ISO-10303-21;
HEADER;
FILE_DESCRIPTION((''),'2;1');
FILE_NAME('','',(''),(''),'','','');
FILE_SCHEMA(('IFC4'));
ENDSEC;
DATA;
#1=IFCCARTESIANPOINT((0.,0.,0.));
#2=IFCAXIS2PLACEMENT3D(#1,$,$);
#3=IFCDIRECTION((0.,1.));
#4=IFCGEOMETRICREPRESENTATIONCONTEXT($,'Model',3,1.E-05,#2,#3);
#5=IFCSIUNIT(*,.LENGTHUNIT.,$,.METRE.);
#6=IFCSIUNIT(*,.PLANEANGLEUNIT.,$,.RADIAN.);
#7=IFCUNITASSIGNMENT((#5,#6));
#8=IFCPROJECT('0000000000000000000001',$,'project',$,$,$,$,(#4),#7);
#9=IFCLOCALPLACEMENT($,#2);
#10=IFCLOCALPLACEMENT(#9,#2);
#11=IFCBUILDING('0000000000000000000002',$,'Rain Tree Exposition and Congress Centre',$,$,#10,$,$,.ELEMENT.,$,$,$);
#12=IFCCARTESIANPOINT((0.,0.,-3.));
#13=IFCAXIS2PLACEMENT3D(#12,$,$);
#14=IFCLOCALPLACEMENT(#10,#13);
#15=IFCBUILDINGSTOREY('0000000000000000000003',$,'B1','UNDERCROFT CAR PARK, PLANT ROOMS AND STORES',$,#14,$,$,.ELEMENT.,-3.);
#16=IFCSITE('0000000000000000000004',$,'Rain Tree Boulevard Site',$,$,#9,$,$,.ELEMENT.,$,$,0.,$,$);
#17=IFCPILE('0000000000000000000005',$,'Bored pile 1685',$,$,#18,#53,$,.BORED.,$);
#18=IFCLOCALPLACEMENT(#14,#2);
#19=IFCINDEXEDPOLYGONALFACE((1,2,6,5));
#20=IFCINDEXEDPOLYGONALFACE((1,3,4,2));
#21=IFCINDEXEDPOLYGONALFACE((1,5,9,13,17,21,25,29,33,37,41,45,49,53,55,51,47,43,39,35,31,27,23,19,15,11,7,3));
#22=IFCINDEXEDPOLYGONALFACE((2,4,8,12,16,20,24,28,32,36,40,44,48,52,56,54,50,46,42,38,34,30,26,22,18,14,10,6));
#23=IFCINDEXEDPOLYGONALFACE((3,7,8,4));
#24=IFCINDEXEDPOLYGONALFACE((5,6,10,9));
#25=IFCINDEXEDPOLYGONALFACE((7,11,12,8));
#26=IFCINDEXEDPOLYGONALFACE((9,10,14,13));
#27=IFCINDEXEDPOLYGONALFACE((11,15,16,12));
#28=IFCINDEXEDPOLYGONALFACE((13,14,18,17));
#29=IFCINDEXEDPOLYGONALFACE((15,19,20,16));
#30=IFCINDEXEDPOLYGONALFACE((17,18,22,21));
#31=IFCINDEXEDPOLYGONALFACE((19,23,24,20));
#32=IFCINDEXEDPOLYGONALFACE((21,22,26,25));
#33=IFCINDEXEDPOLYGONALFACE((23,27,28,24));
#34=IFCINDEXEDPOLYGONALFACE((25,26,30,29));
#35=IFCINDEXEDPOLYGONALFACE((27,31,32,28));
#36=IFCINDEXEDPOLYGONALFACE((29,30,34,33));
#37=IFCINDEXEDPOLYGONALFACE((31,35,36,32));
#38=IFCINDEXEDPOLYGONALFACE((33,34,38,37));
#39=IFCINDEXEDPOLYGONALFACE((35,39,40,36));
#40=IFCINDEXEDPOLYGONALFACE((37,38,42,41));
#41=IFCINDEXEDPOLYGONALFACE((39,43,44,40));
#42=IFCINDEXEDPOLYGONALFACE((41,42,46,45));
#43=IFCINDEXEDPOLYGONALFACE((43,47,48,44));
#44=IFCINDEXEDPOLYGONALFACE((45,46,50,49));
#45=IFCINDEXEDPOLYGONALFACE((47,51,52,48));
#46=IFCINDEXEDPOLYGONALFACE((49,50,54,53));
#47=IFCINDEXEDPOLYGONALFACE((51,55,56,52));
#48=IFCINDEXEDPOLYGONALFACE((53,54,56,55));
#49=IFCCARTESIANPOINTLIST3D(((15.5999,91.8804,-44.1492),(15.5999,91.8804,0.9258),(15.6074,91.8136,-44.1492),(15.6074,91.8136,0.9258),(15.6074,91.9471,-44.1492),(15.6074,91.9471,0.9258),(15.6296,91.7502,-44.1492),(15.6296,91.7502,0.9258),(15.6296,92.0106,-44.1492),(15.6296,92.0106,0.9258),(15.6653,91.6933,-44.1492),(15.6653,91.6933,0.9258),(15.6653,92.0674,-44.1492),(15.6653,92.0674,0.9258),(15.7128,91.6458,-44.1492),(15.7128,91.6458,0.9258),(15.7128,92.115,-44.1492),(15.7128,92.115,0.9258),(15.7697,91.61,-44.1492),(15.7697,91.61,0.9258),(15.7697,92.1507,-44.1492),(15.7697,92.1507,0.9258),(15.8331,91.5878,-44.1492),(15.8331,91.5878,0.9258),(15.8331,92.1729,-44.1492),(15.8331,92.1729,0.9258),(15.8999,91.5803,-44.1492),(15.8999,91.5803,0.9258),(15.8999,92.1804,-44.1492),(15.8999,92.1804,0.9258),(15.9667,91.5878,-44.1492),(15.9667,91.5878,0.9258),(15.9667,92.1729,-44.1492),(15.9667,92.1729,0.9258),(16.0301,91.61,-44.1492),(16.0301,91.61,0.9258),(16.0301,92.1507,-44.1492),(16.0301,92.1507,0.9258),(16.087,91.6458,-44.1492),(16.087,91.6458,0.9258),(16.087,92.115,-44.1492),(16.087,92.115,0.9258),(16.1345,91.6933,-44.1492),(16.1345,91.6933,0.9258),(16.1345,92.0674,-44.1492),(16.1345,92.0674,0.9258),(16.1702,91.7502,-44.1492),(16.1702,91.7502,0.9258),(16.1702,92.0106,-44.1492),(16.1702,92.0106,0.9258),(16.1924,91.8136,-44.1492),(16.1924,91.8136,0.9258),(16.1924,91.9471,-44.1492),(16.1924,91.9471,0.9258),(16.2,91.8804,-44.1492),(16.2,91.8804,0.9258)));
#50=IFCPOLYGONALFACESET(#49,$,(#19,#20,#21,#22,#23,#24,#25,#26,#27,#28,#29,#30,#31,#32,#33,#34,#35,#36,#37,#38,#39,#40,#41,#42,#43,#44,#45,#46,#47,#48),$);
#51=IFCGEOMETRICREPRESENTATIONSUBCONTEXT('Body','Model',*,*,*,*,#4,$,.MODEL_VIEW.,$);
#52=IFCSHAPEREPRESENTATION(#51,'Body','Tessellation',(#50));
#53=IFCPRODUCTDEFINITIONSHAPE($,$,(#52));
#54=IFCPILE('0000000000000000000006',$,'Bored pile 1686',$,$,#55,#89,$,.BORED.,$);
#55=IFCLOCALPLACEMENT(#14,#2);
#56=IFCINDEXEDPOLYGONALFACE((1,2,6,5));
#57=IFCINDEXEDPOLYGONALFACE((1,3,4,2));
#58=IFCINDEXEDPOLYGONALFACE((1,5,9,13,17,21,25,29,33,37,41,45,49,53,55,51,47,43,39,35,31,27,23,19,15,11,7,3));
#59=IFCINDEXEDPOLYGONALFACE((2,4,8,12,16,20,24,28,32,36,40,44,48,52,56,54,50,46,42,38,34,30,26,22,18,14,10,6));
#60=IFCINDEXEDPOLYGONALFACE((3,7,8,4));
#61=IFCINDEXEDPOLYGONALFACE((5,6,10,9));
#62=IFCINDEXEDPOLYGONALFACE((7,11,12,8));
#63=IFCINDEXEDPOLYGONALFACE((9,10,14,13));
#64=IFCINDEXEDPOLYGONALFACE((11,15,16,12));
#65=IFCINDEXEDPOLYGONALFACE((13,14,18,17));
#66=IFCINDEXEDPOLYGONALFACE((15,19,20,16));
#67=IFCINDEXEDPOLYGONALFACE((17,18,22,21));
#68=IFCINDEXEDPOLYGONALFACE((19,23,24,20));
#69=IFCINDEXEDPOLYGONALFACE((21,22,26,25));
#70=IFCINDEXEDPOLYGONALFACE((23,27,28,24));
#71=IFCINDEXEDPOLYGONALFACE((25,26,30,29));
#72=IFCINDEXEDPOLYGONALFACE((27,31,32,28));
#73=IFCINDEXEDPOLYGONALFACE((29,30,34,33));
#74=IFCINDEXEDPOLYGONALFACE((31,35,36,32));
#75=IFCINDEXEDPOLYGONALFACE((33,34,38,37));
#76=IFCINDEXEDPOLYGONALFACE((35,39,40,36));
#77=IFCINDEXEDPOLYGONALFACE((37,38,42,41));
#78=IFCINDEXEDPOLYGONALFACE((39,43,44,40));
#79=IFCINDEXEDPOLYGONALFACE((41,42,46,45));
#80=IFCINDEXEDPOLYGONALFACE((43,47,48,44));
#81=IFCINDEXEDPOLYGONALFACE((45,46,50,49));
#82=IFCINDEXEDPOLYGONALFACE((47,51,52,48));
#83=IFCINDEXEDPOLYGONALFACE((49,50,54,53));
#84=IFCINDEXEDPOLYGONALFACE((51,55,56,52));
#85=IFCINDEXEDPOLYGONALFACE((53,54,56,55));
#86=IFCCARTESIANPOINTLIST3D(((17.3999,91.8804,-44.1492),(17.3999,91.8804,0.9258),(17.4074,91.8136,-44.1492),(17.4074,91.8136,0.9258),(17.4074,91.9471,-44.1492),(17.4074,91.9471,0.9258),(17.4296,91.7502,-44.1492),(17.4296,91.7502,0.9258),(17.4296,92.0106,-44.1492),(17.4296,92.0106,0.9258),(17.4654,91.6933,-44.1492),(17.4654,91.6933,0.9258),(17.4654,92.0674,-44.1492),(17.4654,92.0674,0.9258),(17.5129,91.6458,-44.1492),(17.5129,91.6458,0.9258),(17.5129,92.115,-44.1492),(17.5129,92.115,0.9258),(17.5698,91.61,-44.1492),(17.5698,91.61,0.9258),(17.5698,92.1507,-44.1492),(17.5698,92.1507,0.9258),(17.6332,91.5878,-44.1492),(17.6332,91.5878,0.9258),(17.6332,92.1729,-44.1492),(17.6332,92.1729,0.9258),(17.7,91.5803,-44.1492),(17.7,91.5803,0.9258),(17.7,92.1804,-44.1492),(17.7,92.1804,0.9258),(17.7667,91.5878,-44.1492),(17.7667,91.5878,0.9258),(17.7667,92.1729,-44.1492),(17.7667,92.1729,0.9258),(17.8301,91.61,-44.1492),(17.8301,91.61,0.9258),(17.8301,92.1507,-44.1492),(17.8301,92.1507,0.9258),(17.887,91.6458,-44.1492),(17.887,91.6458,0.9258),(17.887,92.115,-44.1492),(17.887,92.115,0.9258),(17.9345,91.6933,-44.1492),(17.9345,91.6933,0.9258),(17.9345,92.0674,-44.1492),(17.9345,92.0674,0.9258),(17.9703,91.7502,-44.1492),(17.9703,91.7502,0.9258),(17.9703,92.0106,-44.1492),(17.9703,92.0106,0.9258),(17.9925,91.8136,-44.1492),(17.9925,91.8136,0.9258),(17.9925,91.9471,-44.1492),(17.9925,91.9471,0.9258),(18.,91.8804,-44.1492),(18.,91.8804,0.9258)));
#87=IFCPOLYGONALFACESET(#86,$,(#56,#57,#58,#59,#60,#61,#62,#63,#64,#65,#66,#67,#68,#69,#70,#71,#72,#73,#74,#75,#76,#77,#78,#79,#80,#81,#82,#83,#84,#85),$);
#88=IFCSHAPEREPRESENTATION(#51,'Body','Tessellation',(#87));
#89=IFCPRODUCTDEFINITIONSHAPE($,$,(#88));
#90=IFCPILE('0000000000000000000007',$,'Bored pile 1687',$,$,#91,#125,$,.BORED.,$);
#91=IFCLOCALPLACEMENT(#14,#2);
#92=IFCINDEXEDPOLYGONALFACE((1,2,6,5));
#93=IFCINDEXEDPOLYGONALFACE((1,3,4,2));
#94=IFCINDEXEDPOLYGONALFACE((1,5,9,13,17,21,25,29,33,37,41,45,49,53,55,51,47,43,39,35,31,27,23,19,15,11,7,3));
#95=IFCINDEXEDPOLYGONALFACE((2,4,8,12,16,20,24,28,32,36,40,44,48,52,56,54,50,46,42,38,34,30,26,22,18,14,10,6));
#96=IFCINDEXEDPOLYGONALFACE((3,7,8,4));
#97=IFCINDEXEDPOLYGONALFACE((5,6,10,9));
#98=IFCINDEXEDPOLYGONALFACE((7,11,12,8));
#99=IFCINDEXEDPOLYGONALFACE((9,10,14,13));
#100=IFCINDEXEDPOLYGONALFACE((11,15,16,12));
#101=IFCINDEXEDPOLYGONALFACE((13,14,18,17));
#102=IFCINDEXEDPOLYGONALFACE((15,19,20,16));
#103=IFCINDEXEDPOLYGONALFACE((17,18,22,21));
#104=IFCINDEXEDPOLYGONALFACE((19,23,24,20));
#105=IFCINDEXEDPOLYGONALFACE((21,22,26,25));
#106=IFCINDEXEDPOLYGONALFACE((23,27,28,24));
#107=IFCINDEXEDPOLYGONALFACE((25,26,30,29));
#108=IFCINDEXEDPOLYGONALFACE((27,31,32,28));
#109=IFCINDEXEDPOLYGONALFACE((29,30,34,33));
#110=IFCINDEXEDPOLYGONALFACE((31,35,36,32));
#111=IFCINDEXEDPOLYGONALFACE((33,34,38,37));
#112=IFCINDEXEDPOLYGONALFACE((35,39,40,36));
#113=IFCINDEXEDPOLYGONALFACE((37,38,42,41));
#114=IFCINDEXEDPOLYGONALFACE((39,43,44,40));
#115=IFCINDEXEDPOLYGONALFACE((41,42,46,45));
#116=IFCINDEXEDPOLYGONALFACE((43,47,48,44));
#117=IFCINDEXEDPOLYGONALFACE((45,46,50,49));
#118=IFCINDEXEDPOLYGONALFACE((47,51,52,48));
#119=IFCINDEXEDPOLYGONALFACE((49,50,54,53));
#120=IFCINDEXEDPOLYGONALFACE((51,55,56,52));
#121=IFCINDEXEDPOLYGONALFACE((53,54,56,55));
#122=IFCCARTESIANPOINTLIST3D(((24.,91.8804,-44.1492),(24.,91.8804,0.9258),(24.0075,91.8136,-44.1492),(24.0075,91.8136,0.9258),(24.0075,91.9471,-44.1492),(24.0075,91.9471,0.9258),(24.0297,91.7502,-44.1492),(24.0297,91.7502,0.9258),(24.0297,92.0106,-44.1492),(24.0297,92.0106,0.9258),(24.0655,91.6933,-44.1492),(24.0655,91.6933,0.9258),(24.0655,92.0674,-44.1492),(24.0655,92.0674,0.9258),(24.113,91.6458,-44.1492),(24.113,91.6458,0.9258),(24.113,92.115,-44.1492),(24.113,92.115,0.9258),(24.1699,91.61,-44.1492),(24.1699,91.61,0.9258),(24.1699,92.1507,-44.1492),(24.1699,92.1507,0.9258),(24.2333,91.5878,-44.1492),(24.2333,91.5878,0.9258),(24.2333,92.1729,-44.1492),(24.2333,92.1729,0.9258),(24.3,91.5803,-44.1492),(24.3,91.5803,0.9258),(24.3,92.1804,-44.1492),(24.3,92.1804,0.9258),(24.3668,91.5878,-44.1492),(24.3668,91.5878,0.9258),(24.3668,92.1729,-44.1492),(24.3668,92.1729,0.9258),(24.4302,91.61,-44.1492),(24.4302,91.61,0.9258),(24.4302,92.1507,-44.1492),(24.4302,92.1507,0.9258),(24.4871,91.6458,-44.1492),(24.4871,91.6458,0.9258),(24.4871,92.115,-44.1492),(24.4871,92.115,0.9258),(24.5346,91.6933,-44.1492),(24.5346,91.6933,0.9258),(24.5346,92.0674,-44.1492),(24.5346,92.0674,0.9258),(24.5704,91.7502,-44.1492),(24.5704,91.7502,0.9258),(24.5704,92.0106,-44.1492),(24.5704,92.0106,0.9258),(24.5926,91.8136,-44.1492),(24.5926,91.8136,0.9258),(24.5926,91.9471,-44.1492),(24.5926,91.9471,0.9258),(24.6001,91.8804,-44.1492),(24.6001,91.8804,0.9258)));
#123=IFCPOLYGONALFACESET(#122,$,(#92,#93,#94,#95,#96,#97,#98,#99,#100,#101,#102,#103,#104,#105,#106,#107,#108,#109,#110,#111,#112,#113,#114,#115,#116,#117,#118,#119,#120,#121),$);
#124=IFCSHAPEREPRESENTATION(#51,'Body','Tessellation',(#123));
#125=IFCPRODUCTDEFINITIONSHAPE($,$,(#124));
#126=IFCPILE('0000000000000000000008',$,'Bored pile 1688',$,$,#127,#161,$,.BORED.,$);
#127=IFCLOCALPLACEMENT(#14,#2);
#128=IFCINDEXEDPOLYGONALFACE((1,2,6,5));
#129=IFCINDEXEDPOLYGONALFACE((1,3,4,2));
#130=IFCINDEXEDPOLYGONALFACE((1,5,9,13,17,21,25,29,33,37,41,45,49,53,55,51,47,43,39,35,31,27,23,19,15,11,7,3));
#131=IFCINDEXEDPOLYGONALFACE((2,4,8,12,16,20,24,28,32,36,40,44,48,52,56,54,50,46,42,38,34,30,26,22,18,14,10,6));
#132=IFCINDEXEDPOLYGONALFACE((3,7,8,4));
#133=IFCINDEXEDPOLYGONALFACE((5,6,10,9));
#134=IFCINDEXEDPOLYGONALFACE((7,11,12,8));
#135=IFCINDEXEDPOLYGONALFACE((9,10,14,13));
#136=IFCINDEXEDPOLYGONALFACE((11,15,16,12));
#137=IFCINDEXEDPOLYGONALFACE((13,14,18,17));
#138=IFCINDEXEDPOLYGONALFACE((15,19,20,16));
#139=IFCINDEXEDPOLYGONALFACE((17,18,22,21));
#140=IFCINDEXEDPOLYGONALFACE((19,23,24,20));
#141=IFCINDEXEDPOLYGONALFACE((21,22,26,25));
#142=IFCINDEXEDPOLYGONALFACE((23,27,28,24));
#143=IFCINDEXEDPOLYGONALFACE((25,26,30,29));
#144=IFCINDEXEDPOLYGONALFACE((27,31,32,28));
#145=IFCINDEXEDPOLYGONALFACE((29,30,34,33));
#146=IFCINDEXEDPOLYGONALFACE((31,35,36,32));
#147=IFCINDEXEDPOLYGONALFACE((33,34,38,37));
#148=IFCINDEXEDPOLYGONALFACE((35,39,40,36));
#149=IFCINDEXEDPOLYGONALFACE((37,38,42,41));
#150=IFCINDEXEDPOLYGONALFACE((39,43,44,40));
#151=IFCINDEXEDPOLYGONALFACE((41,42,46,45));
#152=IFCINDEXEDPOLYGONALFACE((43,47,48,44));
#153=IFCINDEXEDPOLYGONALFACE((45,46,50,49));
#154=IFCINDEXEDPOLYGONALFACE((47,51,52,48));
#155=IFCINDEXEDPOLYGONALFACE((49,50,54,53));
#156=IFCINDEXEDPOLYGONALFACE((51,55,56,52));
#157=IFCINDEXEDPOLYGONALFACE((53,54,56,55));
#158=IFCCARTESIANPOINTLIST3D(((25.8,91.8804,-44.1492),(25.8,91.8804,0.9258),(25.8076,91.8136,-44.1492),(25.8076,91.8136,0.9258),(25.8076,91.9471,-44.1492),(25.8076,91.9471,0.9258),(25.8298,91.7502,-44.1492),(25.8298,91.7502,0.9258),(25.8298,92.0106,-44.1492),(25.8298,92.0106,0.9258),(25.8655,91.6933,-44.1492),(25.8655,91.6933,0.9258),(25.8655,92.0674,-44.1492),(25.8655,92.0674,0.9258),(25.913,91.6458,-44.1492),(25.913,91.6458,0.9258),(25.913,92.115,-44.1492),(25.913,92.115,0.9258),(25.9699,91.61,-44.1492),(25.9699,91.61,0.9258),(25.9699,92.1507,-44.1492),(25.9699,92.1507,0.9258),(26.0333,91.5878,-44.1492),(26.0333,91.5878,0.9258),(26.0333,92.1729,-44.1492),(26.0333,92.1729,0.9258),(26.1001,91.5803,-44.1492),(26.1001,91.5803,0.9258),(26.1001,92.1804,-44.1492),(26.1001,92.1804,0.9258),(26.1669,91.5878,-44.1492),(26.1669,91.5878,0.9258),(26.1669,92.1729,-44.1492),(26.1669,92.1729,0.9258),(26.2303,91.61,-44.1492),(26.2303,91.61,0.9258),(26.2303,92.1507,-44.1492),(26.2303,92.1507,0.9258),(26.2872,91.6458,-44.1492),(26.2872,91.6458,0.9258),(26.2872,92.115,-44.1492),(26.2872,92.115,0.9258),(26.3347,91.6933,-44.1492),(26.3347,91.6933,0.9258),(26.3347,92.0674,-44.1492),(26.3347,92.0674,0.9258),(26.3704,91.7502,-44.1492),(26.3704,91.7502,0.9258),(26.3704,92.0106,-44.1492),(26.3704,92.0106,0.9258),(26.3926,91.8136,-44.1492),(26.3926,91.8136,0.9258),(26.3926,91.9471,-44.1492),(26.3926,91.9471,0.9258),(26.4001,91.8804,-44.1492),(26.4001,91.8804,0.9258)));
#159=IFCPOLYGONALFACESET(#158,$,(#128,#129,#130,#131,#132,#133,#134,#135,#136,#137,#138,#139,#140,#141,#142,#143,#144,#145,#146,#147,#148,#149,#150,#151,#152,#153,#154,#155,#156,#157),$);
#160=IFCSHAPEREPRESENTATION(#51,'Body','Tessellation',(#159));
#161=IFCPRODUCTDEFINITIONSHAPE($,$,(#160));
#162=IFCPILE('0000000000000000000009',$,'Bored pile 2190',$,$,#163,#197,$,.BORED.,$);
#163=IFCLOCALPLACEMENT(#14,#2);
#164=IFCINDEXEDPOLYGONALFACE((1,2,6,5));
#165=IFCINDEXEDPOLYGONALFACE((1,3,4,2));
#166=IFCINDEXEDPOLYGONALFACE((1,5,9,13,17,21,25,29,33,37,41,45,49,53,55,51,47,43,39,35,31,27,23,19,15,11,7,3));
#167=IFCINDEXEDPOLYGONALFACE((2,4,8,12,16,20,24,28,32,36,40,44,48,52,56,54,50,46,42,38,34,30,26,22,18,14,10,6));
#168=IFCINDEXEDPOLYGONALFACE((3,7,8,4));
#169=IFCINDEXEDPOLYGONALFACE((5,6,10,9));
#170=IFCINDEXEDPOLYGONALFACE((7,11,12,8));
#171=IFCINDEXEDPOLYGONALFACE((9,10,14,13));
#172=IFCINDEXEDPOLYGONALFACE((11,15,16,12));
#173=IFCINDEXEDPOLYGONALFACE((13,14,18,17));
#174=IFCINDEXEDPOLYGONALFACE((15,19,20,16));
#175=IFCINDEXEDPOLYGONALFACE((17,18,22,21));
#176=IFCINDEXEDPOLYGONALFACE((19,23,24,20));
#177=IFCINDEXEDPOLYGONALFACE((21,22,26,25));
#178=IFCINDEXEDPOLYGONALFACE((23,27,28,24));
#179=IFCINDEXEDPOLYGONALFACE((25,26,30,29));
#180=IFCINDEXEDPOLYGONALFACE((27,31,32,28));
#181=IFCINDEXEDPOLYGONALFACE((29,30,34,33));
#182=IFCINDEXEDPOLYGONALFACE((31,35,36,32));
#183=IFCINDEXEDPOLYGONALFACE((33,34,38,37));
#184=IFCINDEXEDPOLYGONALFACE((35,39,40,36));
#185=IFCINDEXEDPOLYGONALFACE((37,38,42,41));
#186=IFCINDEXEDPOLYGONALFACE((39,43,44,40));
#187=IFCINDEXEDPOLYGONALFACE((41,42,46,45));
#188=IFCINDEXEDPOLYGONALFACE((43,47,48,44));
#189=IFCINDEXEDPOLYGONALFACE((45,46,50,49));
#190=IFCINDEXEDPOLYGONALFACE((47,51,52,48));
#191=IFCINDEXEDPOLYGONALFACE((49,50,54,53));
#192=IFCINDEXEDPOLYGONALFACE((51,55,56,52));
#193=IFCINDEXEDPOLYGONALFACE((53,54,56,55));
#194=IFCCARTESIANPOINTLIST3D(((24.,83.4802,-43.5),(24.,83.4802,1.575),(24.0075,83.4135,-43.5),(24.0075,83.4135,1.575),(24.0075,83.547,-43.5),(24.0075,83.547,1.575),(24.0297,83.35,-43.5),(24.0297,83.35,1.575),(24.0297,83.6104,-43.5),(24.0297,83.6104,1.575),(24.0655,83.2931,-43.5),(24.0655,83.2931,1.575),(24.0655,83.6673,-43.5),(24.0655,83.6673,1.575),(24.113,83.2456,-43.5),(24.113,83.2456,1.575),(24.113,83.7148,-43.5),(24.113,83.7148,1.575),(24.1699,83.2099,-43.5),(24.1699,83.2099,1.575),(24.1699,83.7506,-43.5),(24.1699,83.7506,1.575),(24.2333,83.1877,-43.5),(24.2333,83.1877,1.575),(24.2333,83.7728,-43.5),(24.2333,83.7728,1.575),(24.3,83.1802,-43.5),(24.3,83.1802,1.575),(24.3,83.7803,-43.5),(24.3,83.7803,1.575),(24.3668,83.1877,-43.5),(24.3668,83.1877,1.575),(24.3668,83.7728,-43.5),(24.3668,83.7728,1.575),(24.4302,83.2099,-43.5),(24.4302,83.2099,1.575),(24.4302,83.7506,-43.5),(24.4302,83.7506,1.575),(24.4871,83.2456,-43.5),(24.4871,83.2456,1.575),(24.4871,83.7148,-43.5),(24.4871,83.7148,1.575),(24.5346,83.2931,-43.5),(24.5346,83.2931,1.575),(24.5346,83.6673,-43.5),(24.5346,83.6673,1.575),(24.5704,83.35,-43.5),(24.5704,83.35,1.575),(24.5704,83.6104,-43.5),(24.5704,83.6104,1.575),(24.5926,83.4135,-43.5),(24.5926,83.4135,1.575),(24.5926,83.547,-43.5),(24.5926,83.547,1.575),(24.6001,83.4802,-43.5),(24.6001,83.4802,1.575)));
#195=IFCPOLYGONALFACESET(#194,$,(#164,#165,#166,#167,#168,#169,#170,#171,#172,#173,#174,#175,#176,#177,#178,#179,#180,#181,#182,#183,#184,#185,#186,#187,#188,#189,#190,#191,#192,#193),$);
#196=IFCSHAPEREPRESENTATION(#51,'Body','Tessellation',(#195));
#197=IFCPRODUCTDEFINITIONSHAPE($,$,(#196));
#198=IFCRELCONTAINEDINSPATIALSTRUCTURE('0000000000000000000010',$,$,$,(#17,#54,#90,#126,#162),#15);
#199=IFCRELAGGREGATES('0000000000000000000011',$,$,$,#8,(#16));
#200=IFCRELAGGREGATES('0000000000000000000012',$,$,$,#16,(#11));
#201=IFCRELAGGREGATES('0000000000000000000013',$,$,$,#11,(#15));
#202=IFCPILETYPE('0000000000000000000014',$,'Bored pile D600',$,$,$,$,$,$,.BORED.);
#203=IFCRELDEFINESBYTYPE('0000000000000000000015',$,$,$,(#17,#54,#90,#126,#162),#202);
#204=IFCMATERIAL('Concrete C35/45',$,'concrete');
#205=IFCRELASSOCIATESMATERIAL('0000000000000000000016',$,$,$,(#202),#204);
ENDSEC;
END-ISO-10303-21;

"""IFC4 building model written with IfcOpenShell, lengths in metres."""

from ifc_helpers import new_model, si_unit, direction, frame, origin, origin_2d, place, context, subcontext, project, spatial, circle, extrude, material, material_profile, profile_set, type_object, element, save


model = new_model("IFC4")

# Units and contexts
model_context = context("Model", 3, precision=1e-05, world=origin(), true_north=direction((0.0, 1.0)))
body_context = subcontext(model_context, "Body", "Model", "MODEL_VIEW")
ifc_project = project(units=[si_unit("LENGTHUNIT", "METRE"), si_unit("PLANEANGLEUNIT", "RADIAN")], contexts=[model_context])

# Site, building, storey
site_placement = place(None, origin())
site = spatial("IfcSite", under=ifc_project, at=site_placement, Name="Rain Tree Boulevard Site", CompositionType="ELEMENT", RefElevation=0.0)
building_placement = place(site_placement, origin())
building = spatial("IfcBuilding", under=site, at=building_placement, Name="Rain Tree Exposition and Congress Centre", CompositionType="ELEMENT")
storey_placement = place(building_placement, frame((0.0, 0.0, -3.0)))
storey = spatial("IfcBuildingStorey", under=building, at=storey_placement, Name="B1", Description="UNDERCROFT CAR PARK, PLANT ROOMS AND STORES", CompositionType="ELEMENT", Elevation=-3.0)

# Piles
ifc_material_1 = material(Name="Concrete C35/45", Category="concrete")
ifc_material_profile_1 = material_profile(ifc_material_1, circle(Radius=0.3, at=origin_2d()), Name="D600")
ifc_profile_set_1 = profile_set([ifc_material_profile_1], Name="Concrete C35/45")
pile_type_1 = type_object("IfcPileType", Name="Bored pile D600", PredefinedType="BORED", material=ifc_profile_set_1)
for number, where, z_axis, x_axis, name in (
    (1, (15.8999, 91.8804, 0.9258), (0.0, 0.0, -1.0), (1.0, 0.0, 0.0), "Bored pile 1685"),
    (2, (17.7, 91.8804, 0.9258), (0.0, 0.0, -1.0), (1.0, 0.0, 0.0), "Bored pile 1686"),
    (3, (24.3, 91.8804, 0.9258), (0.0, 0.0, -1.0), (1.0, 0.0, 0.0), "Bored pile 1687"),
    (4, (26.1001, 91.8804, 0.9258), (0.0, 0.0, -1.0), (1.0, 0.0, 0.0), "Bored pile 1688"),
    (5, (24.3, 83.4802, 1.575), (0.0, 0.0, -1.0), (1.0, 0.0, 0.0), "Bored pile 2190"),
):
    element("IfcPile", number, at=place(storey_placement, frame(where, z_axis=z_axis, x_axis=x_axis)), inside=storey, type_object=pile_type_1, Name=name, PredefinedType="BORED", context=body_context, shape_type="SweptSolid", body=[
        extrude(circle(Radius=0.3, at=origin_2d()), origin(), (0.0, 0.0, 1.0), 45.075),
    ])

save(model, "model.ifc")
